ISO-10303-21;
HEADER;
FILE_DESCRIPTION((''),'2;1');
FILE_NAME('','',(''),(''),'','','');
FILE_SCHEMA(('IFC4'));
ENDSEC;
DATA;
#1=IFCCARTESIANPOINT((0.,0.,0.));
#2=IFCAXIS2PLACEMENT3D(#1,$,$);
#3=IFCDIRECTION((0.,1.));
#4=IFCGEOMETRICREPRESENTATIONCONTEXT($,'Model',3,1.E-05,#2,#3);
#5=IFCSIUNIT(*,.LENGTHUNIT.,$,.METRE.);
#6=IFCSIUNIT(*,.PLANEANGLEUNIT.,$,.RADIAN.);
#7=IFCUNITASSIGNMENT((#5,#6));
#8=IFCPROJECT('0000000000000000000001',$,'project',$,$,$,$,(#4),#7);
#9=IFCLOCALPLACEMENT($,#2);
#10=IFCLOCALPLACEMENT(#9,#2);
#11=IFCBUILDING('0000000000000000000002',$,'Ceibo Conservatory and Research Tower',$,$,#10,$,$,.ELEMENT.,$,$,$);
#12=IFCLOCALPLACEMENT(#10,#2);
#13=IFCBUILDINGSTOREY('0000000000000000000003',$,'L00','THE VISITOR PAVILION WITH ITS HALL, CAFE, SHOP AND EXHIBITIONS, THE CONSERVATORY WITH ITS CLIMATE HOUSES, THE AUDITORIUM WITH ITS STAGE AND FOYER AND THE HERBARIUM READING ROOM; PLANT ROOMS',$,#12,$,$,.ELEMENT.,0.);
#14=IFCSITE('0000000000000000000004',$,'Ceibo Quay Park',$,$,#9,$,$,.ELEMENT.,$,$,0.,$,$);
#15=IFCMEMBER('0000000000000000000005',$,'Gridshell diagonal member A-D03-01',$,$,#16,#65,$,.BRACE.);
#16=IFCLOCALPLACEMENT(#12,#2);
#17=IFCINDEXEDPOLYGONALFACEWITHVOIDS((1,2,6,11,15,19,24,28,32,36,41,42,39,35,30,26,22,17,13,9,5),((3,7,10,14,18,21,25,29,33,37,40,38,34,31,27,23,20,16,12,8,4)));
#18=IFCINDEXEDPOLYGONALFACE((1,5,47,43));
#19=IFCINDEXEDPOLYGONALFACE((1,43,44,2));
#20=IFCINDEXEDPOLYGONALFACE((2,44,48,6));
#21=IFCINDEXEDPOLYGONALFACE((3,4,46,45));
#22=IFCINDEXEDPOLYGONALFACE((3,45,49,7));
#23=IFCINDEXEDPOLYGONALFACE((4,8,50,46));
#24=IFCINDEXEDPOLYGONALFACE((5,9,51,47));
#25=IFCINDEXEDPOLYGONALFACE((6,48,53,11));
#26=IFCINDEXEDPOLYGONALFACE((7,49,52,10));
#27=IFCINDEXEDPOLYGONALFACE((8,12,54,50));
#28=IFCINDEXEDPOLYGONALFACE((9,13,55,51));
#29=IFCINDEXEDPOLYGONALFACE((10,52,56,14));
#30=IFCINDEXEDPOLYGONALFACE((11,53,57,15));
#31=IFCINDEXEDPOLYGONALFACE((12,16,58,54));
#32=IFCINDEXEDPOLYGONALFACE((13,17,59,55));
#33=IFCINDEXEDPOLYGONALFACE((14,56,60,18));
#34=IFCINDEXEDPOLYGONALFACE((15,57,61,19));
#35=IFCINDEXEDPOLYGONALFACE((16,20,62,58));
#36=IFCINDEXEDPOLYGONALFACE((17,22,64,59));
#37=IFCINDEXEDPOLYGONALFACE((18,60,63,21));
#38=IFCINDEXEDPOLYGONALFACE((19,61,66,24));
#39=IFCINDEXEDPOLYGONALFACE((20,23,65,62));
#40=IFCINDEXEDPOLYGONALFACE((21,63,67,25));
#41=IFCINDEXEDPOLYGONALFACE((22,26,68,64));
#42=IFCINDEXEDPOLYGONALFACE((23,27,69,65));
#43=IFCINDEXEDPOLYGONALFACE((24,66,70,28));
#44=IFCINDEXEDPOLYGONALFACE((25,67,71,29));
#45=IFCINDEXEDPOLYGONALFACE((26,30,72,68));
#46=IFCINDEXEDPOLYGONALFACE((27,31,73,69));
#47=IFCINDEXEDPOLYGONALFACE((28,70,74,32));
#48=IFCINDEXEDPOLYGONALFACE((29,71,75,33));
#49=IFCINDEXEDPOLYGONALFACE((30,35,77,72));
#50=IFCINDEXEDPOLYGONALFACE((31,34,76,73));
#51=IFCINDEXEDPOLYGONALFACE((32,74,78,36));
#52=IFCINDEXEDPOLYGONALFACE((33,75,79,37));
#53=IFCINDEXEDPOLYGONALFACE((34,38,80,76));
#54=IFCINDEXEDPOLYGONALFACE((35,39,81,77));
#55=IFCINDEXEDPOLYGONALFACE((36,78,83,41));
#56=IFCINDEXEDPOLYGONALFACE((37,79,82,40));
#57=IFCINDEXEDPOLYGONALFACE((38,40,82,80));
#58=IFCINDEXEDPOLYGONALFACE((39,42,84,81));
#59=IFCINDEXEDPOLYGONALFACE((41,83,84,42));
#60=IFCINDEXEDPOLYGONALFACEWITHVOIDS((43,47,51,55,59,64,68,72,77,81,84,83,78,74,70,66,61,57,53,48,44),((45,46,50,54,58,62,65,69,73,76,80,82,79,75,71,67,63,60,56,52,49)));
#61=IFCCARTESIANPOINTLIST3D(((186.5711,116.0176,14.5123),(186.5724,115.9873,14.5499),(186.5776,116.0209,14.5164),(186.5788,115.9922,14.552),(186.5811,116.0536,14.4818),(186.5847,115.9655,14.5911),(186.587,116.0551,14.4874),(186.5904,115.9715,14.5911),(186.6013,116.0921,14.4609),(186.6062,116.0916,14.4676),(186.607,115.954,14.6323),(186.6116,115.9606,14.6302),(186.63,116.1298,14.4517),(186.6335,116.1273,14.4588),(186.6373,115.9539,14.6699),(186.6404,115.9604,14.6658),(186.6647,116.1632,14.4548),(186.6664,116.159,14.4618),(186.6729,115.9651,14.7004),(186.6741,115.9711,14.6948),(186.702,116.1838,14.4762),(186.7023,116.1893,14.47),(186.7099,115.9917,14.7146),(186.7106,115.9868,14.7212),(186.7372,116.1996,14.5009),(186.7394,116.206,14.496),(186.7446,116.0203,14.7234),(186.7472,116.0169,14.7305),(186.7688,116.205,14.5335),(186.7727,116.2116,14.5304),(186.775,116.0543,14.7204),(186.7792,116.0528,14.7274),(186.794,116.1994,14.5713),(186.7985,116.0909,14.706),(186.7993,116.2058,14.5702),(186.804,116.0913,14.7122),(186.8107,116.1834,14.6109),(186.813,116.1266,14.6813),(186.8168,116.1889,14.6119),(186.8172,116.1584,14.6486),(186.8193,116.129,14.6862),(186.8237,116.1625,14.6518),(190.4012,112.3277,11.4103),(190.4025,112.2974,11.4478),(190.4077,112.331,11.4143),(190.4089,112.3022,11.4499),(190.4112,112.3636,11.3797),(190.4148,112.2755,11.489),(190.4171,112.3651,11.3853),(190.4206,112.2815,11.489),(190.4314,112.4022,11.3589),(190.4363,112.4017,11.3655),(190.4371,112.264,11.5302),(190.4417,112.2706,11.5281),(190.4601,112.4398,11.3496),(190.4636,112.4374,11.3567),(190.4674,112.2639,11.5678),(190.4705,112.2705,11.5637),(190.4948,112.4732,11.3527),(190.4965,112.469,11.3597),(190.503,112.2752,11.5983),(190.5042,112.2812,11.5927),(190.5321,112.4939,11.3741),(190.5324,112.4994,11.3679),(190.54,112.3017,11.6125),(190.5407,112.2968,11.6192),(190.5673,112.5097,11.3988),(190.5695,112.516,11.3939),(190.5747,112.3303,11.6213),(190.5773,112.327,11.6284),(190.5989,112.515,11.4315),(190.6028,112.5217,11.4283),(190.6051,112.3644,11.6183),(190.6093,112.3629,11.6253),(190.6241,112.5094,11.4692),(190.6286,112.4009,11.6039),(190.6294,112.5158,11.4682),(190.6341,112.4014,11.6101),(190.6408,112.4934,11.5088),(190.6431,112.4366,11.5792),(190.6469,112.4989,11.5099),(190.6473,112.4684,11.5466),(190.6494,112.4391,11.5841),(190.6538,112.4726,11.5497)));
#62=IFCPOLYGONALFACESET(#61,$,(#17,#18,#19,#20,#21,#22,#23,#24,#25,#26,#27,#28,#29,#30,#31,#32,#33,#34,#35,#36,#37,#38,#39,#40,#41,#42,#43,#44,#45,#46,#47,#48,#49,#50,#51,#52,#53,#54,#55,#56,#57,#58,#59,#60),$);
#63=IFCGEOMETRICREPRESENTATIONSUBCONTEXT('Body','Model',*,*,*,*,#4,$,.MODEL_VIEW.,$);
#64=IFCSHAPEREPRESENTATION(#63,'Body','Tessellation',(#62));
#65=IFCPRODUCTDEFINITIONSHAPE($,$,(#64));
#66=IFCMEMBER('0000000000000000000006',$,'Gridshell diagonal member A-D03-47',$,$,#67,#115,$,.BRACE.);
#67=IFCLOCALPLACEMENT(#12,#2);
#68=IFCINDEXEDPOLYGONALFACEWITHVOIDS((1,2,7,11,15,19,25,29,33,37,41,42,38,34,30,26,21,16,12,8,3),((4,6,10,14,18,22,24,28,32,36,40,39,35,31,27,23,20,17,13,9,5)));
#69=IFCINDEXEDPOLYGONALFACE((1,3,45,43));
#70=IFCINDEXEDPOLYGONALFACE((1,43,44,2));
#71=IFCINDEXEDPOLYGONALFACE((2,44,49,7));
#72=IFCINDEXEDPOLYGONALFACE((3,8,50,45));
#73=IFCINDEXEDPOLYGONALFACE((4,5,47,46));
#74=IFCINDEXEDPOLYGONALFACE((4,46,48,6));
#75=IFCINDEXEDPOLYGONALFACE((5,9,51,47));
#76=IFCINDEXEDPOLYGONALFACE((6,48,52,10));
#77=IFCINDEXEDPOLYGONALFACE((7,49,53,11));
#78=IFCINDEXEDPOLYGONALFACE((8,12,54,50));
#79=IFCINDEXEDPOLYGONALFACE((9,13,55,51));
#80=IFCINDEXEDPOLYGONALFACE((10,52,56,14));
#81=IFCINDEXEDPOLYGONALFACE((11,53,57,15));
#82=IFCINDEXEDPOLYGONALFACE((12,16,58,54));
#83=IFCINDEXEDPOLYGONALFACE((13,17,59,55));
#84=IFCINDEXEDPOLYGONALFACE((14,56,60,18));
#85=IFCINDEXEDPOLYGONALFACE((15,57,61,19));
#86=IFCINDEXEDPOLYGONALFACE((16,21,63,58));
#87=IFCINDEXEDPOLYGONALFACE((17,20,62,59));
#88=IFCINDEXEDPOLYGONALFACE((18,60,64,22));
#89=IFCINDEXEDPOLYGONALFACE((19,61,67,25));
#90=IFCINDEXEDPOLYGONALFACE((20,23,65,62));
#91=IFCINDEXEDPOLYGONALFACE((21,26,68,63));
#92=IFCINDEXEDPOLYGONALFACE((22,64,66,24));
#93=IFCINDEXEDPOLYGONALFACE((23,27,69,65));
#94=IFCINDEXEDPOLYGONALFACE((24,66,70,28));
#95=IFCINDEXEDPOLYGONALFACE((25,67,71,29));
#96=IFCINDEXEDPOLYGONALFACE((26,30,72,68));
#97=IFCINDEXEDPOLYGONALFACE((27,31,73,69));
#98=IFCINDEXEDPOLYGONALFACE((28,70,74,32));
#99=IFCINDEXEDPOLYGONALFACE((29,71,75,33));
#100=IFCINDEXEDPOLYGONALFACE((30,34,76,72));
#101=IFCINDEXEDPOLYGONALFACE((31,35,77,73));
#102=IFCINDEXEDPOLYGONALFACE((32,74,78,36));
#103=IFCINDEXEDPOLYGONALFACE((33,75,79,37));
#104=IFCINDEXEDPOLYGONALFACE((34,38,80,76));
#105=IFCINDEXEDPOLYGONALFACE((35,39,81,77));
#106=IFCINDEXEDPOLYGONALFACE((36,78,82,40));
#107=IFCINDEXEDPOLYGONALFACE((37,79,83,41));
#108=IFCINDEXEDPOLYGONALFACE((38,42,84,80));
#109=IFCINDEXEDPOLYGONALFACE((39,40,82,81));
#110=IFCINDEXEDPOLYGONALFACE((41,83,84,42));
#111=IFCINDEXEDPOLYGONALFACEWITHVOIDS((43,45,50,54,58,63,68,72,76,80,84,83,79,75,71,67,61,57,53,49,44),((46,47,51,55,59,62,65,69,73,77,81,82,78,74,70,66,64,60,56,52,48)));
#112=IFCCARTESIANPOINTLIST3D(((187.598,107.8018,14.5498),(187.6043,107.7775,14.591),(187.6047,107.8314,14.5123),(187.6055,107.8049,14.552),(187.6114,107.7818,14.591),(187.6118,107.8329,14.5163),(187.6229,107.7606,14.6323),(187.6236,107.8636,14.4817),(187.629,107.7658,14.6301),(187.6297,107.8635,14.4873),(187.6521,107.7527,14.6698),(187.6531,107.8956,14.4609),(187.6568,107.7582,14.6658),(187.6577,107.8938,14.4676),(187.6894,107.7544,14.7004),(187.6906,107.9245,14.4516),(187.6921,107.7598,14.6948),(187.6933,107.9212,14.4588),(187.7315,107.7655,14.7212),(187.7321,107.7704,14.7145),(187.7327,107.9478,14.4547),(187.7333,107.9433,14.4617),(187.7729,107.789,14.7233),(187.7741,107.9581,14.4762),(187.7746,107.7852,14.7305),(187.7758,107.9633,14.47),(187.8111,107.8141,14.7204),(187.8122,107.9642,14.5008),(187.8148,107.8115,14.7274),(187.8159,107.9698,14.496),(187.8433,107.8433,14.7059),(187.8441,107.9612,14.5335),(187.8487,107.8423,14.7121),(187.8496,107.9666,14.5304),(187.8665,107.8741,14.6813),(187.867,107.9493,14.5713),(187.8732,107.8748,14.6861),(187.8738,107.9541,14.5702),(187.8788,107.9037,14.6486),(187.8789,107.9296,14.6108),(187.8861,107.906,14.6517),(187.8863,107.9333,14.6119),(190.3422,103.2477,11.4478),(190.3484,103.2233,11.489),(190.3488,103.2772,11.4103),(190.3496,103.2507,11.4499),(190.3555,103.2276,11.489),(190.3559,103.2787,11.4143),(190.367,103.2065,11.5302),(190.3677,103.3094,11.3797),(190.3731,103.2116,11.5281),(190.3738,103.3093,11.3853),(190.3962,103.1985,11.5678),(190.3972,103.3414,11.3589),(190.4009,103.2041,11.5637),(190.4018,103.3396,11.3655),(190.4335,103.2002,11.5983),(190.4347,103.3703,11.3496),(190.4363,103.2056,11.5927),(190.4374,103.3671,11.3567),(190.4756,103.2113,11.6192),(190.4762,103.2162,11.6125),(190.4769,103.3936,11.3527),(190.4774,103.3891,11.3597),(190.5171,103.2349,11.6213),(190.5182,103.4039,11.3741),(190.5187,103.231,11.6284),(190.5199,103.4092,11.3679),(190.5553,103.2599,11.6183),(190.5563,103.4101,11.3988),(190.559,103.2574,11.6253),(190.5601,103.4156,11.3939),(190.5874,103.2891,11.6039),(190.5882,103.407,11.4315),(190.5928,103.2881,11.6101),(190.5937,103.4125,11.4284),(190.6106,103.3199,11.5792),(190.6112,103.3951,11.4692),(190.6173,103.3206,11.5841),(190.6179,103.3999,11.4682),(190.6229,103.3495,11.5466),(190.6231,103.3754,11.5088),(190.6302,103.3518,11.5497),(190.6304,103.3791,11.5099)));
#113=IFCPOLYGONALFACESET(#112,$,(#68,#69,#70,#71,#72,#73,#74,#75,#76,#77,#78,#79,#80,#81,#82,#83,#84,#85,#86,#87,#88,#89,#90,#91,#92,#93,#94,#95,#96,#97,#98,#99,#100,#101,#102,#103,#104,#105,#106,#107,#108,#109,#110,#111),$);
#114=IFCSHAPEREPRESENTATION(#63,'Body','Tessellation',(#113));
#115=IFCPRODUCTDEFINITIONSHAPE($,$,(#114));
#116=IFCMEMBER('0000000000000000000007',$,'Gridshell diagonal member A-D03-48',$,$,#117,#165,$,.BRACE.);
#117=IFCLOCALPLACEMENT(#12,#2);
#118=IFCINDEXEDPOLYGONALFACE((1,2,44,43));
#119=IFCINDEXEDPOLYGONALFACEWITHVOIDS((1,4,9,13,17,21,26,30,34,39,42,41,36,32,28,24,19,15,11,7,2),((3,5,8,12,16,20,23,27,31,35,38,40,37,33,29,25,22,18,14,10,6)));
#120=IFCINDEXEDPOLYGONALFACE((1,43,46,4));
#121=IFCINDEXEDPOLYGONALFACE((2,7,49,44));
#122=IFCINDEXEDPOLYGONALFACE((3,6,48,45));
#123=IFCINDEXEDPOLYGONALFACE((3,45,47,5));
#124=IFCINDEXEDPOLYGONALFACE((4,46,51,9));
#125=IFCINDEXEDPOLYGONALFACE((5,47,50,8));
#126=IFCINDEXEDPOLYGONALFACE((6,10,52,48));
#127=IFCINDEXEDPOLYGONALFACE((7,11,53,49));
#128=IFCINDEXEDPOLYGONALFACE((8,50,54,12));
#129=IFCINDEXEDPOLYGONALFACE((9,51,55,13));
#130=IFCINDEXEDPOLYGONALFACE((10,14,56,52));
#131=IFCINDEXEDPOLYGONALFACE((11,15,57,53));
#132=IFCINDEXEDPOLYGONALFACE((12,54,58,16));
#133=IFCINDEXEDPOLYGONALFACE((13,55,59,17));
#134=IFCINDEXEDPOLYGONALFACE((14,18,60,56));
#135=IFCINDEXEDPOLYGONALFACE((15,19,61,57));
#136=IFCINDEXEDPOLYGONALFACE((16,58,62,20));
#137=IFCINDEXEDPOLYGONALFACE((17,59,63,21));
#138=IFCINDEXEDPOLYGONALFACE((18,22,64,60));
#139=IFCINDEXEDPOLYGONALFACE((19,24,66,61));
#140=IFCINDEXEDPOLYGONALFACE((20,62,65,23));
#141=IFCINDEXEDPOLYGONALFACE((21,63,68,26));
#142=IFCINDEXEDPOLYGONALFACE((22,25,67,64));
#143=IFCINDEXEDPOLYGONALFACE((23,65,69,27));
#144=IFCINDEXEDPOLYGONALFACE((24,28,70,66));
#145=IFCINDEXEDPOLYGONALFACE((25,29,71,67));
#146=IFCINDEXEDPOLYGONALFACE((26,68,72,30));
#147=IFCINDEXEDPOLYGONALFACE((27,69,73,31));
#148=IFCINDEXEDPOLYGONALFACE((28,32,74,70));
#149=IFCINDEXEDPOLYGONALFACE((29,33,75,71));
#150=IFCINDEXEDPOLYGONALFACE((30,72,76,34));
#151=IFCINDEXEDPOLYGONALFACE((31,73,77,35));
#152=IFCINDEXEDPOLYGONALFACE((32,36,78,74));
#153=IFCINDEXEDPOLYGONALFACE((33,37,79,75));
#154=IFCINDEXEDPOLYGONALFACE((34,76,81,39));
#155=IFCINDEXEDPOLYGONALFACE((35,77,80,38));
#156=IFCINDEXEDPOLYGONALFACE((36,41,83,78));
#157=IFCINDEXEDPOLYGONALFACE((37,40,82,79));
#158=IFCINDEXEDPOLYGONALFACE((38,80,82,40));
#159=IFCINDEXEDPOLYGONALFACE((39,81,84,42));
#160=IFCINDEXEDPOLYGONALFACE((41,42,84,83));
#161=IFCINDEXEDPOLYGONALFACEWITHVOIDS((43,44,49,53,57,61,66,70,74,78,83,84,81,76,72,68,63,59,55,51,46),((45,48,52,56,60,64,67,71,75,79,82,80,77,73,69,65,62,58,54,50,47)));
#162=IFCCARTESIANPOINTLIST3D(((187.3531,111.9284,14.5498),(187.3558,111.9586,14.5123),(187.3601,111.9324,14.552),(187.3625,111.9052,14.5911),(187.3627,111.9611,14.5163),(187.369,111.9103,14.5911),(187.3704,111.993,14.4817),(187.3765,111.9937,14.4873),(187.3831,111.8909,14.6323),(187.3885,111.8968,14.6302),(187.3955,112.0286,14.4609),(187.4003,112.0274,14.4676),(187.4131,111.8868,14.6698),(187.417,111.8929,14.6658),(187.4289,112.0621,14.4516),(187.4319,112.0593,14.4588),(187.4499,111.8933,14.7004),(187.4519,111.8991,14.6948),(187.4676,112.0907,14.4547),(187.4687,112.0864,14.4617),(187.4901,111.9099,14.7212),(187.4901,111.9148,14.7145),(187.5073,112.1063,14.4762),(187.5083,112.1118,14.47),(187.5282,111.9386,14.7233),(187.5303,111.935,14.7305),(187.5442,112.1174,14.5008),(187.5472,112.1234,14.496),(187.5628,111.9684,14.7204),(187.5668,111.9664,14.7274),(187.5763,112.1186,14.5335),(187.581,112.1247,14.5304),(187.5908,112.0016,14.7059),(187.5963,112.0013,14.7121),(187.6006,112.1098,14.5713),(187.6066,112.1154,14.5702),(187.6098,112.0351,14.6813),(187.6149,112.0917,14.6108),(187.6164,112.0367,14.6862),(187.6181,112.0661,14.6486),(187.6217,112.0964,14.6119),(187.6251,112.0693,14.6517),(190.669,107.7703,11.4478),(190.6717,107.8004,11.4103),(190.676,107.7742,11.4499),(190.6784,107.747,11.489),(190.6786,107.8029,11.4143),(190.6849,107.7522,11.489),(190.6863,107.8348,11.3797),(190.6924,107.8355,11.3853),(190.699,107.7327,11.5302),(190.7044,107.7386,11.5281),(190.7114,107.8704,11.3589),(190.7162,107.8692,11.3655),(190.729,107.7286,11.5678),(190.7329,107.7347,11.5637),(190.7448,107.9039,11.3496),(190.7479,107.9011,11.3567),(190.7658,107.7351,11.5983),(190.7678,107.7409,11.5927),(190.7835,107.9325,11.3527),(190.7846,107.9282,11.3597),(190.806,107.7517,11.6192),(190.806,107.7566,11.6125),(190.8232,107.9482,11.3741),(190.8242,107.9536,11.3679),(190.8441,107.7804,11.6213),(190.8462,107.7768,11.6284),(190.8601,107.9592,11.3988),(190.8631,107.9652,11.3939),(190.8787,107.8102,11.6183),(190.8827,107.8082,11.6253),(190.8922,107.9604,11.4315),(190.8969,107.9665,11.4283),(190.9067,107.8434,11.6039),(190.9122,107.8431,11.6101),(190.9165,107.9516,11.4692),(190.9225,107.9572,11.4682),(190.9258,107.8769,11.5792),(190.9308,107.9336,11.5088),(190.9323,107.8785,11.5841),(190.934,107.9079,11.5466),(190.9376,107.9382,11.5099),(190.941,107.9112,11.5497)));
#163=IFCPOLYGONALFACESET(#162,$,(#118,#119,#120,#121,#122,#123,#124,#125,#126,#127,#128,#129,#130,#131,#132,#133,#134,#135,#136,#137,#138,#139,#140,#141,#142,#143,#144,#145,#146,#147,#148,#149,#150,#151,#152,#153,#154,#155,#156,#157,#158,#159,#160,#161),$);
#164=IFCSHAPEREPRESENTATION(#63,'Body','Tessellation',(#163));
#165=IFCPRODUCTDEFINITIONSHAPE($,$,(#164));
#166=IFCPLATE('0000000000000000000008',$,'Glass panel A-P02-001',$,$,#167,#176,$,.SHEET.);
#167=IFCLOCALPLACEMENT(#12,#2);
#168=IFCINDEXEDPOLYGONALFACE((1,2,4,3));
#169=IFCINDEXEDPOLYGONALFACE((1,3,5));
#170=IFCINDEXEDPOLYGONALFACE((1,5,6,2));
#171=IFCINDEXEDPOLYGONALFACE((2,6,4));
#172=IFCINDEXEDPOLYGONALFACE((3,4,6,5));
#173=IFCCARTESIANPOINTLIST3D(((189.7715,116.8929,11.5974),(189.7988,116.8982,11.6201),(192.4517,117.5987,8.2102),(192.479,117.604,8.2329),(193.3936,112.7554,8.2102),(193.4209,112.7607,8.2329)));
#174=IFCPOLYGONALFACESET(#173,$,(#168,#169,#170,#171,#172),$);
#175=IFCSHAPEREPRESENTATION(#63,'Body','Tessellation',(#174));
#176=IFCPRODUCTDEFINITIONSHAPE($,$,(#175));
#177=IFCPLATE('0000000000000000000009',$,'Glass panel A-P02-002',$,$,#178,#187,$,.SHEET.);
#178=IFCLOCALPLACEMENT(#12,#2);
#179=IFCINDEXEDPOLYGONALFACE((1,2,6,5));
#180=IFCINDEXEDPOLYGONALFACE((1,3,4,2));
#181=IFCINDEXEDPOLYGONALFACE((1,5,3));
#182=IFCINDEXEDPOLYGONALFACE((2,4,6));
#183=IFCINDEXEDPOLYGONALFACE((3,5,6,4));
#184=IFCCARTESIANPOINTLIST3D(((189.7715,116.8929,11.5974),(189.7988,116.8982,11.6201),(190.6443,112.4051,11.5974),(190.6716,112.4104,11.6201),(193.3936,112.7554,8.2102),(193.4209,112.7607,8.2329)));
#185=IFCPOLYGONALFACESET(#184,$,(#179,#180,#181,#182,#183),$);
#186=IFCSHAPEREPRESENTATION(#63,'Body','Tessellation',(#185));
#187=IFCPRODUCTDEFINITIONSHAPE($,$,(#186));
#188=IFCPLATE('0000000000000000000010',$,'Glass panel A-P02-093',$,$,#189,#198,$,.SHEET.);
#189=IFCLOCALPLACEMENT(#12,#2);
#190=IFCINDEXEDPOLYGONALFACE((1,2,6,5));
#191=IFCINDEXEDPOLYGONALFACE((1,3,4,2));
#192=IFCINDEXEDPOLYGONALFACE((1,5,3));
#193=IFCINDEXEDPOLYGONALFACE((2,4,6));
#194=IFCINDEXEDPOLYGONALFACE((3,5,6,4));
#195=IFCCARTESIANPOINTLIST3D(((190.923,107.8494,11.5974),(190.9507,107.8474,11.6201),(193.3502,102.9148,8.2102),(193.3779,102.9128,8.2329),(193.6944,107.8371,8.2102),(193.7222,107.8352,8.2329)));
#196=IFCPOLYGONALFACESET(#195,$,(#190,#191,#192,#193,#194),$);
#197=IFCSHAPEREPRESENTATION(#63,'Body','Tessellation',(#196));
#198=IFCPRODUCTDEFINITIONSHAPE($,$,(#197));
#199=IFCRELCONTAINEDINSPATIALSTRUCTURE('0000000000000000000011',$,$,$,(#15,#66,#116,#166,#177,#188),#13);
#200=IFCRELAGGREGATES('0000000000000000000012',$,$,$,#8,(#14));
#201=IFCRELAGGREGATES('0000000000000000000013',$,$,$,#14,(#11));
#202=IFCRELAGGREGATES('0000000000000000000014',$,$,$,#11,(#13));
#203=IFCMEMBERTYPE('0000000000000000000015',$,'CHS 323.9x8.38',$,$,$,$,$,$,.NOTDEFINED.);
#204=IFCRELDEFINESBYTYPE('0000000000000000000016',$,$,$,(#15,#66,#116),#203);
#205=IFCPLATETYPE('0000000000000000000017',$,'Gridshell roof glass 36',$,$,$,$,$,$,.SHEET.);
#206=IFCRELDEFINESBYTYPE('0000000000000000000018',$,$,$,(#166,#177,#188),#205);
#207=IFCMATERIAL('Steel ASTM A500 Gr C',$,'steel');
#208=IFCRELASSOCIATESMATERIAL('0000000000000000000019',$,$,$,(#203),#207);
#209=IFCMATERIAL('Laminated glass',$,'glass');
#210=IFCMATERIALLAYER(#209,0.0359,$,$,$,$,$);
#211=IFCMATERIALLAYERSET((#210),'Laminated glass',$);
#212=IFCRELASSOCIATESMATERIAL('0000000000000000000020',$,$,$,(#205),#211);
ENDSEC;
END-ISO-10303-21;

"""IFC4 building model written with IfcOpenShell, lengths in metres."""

from ifc_helpers import new_model, si_unit, direction, frame, origin, origin_2d, place, context, subcontext, project, spatial, polyline, hollow_circle, outline, extrude, material, layer, layer_set, material_profile, profile_set, type_object, element, save


model = new_model("IFC4")

# Units and contexts
model_context = context("Model", 3, precision=1e-05, world=origin(), true_north=direction((0.0, 1.0)))
body_context = subcontext(model_context, "Body", "Model", "MODEL_VIEW")
ifc_project = project(units=[si_unit("LENGTHUNIT", "METRE"), si_unit("PLANEANGLEUNIT", "RADIAN")], contexts=[model_context])

# Site, building, storey
site_placement = place(None, origin())
site = spatial("IfcSite", under=ifc_project, at=site_placement, Name="Ceibo Quay Park", CompositionType="ELEMENT", RefElevation=0.0)
building_placement = place(site_placement, origin())
building = spatial("IfcBuilding", under=site, at=building_placement, Name="Ceibo Conservatory and Research Tower", CompositionType="ELEMENT")
storey_placement = place(building_placement, origin())
storey = spatial("IfcBuildingStorey", under=building, at=storey_placement, Name="L00", Description="THE VISITOR PAVILION WITH ITS HALL, CAFE, SHOP AND EXHIBITIONS, THE CONSERVATORY WITH ITS CLIMATE HOUSES, THE AUDITORIUM WITH ITS STAGE AND FOYER AND THE HERBARIUM READING ROOM; PLANT ROOMS", CompositionType="ELEMENT", Elevation=0.0)

# Members
ifc_material_1 = material(Name="Steel ASTM A500 Gr C", Category="steel")
ifc_material_profile_1 = material_profile(ifc_material_1, hollow_circle(Radius=0.1619, WallThickness=0.0083, at=origin_2d()), Name="CHS 323.9x8.38")
ifc_profile_set_1 = profile_set([ifc_material_profile_1], Name="Steel ASTM A500 Gr C")
member_type_1 = type_object("IfcMemberType", Name="CHS 323.9x8.38", PredefinedType="NOTDEFINED", material=ifc_profile_set_1)
member_1_placement = place(storey_placement, frame((190.5271, 112.3921, 11.489), z_axis=(-0.622075, 0.599314, 0.50383), x_axis=(-0.693809, -0.720159, 0.0)))
element("IfcMember", 1, at=member_1_placement, inside=storey, type_object=member_type_1, Name="Gridshell diagonal member A-D03-01", PredefinedType="BRACE", context=body_context, shape_type="SweptSolid", body=[
    extrude(hollow_circle(Radius=0.1619, WallThickness=0.0083, at=origin_2d()), origin(), (0.0, 0.0, 1.0), 6.157),
])
member_2_placement = place(storey_placement, frame((190.4871, 103.3069, 11.489), z_axis=(-0.445782, 0.739824, 0.503924), x_axis=(-0.856527, -0.516102, 0.0)))
element("IfcMember", 2, at=member_2_placement, inside=storey, type_object=member_type_1, Name="Gridshell diagonal member A-D03-47", PredefinedType="BRACE", context=body_context, shape_type="SweptSolid", body=[
    extrude(hollow_circle(Radius=0.1619, WallThickness=0.0083, at=origin_2d()), origin(), (0.0, 0.0, 1.0), 6.1558),
])
member_3_placement = place(storey_placement, frame((190.8049, 107.8479, 11.489), z_axis=(-0.53856, 0.675362, 0.503825), x_axis=(-0.781844, -0.623474, 0.0)))
element("IfcMember", 3, at=member_3_placement, inside=storey, type_object=member_type_1, Name="Gridshell diagonal member A-D03-48", PredefinedType="BRACE", context=body_context, shape_type="SweptSolid", body=[
    extrude(hollow_circle(Radius=0.1619, WallThickness=0.0083, at=origin_2d()), origin(), (0.0, 0.0, 1.0), 6.157),
])

# Plates
ifc_material_2 = material(Name="Laminated glass", Category="glass")
ifc_layer_1 = layer(ifc_material_2, 0.0359)
ifc_layer_set_1 = layer_set([ifc_layer_1], Name="Laminated glass")
plate_type = type_object("IfcPlateType", Name="Gridshell roof glass 36", PredefinedType="SHEET", material=ifc_layer_set_1)
plate_1_placement = place(storey_placement, frame((193.4209, 112.7607, 8.2329), z_axis=(0.760354, 0.14787, 0.632453), x_axis=(-0.190899, 0.98161, 0.0)))
element("IfcPlate", 4, at=plate_1_placement, inside=storey, type_object=plate_type, Name="Glass panel A-P02-001", PredefinedType="SHEET", context=body_context, shape_type="SweptSolid", body=[
    extrude(outline(polyline([(0.0, 0.0), (4.934, 0.0), (4.7528, 4.3729), (0.0, 0.0)])), origin(), (0.0, 0.0, -1.0), 0.0359),
])
plate_2_placement = place(storey_placement, frame((193.4209, 112.7607, 8.2329), z_axis=(0.760357, 0.147877, 0.632448), x_axis=(-0.56083, 0.64063, 0.524464)))
element("IfcPlate", 5, at=plate_2_placement, inside=storey, type_object=plate_type, Name="Glass panel A-P02-002", PredefinedType="SHEET", context=body_context, shape_type="SweptSolid", body=[
    extrude(outline(polyline([(0.0, 0.0), (6.4584, 0.0), (3.0939, 3.0955), (0.0, 0.0)])), origin(), (0.0, 0.0, -1.0), 0.0359),
])
plate_3_placement = place(storey_placement, frame((193.3779, 102.9128, 8.2329), z_axis=(0.772716, -0.054039, 0.632447), x_axis=(0.069763, 0.997564, 0.0)))
element("IfcPlate", 6, at=plate_3_placement, inside=storey, type_object=plate_type, Name="Glass panel A-P02-093", PredefinedType="SHEET", context=body_context, shape_type="SweptSolid", body=[
    extrude(outline(polyline([(0.0, 0.0), (4.9344, 0.0), (4.7532, 4.3728), (0.0, 0.0)])), origin(), (0.0, 0.0, -1.0), 0.0359),
])

save(model, "model.ifc")
